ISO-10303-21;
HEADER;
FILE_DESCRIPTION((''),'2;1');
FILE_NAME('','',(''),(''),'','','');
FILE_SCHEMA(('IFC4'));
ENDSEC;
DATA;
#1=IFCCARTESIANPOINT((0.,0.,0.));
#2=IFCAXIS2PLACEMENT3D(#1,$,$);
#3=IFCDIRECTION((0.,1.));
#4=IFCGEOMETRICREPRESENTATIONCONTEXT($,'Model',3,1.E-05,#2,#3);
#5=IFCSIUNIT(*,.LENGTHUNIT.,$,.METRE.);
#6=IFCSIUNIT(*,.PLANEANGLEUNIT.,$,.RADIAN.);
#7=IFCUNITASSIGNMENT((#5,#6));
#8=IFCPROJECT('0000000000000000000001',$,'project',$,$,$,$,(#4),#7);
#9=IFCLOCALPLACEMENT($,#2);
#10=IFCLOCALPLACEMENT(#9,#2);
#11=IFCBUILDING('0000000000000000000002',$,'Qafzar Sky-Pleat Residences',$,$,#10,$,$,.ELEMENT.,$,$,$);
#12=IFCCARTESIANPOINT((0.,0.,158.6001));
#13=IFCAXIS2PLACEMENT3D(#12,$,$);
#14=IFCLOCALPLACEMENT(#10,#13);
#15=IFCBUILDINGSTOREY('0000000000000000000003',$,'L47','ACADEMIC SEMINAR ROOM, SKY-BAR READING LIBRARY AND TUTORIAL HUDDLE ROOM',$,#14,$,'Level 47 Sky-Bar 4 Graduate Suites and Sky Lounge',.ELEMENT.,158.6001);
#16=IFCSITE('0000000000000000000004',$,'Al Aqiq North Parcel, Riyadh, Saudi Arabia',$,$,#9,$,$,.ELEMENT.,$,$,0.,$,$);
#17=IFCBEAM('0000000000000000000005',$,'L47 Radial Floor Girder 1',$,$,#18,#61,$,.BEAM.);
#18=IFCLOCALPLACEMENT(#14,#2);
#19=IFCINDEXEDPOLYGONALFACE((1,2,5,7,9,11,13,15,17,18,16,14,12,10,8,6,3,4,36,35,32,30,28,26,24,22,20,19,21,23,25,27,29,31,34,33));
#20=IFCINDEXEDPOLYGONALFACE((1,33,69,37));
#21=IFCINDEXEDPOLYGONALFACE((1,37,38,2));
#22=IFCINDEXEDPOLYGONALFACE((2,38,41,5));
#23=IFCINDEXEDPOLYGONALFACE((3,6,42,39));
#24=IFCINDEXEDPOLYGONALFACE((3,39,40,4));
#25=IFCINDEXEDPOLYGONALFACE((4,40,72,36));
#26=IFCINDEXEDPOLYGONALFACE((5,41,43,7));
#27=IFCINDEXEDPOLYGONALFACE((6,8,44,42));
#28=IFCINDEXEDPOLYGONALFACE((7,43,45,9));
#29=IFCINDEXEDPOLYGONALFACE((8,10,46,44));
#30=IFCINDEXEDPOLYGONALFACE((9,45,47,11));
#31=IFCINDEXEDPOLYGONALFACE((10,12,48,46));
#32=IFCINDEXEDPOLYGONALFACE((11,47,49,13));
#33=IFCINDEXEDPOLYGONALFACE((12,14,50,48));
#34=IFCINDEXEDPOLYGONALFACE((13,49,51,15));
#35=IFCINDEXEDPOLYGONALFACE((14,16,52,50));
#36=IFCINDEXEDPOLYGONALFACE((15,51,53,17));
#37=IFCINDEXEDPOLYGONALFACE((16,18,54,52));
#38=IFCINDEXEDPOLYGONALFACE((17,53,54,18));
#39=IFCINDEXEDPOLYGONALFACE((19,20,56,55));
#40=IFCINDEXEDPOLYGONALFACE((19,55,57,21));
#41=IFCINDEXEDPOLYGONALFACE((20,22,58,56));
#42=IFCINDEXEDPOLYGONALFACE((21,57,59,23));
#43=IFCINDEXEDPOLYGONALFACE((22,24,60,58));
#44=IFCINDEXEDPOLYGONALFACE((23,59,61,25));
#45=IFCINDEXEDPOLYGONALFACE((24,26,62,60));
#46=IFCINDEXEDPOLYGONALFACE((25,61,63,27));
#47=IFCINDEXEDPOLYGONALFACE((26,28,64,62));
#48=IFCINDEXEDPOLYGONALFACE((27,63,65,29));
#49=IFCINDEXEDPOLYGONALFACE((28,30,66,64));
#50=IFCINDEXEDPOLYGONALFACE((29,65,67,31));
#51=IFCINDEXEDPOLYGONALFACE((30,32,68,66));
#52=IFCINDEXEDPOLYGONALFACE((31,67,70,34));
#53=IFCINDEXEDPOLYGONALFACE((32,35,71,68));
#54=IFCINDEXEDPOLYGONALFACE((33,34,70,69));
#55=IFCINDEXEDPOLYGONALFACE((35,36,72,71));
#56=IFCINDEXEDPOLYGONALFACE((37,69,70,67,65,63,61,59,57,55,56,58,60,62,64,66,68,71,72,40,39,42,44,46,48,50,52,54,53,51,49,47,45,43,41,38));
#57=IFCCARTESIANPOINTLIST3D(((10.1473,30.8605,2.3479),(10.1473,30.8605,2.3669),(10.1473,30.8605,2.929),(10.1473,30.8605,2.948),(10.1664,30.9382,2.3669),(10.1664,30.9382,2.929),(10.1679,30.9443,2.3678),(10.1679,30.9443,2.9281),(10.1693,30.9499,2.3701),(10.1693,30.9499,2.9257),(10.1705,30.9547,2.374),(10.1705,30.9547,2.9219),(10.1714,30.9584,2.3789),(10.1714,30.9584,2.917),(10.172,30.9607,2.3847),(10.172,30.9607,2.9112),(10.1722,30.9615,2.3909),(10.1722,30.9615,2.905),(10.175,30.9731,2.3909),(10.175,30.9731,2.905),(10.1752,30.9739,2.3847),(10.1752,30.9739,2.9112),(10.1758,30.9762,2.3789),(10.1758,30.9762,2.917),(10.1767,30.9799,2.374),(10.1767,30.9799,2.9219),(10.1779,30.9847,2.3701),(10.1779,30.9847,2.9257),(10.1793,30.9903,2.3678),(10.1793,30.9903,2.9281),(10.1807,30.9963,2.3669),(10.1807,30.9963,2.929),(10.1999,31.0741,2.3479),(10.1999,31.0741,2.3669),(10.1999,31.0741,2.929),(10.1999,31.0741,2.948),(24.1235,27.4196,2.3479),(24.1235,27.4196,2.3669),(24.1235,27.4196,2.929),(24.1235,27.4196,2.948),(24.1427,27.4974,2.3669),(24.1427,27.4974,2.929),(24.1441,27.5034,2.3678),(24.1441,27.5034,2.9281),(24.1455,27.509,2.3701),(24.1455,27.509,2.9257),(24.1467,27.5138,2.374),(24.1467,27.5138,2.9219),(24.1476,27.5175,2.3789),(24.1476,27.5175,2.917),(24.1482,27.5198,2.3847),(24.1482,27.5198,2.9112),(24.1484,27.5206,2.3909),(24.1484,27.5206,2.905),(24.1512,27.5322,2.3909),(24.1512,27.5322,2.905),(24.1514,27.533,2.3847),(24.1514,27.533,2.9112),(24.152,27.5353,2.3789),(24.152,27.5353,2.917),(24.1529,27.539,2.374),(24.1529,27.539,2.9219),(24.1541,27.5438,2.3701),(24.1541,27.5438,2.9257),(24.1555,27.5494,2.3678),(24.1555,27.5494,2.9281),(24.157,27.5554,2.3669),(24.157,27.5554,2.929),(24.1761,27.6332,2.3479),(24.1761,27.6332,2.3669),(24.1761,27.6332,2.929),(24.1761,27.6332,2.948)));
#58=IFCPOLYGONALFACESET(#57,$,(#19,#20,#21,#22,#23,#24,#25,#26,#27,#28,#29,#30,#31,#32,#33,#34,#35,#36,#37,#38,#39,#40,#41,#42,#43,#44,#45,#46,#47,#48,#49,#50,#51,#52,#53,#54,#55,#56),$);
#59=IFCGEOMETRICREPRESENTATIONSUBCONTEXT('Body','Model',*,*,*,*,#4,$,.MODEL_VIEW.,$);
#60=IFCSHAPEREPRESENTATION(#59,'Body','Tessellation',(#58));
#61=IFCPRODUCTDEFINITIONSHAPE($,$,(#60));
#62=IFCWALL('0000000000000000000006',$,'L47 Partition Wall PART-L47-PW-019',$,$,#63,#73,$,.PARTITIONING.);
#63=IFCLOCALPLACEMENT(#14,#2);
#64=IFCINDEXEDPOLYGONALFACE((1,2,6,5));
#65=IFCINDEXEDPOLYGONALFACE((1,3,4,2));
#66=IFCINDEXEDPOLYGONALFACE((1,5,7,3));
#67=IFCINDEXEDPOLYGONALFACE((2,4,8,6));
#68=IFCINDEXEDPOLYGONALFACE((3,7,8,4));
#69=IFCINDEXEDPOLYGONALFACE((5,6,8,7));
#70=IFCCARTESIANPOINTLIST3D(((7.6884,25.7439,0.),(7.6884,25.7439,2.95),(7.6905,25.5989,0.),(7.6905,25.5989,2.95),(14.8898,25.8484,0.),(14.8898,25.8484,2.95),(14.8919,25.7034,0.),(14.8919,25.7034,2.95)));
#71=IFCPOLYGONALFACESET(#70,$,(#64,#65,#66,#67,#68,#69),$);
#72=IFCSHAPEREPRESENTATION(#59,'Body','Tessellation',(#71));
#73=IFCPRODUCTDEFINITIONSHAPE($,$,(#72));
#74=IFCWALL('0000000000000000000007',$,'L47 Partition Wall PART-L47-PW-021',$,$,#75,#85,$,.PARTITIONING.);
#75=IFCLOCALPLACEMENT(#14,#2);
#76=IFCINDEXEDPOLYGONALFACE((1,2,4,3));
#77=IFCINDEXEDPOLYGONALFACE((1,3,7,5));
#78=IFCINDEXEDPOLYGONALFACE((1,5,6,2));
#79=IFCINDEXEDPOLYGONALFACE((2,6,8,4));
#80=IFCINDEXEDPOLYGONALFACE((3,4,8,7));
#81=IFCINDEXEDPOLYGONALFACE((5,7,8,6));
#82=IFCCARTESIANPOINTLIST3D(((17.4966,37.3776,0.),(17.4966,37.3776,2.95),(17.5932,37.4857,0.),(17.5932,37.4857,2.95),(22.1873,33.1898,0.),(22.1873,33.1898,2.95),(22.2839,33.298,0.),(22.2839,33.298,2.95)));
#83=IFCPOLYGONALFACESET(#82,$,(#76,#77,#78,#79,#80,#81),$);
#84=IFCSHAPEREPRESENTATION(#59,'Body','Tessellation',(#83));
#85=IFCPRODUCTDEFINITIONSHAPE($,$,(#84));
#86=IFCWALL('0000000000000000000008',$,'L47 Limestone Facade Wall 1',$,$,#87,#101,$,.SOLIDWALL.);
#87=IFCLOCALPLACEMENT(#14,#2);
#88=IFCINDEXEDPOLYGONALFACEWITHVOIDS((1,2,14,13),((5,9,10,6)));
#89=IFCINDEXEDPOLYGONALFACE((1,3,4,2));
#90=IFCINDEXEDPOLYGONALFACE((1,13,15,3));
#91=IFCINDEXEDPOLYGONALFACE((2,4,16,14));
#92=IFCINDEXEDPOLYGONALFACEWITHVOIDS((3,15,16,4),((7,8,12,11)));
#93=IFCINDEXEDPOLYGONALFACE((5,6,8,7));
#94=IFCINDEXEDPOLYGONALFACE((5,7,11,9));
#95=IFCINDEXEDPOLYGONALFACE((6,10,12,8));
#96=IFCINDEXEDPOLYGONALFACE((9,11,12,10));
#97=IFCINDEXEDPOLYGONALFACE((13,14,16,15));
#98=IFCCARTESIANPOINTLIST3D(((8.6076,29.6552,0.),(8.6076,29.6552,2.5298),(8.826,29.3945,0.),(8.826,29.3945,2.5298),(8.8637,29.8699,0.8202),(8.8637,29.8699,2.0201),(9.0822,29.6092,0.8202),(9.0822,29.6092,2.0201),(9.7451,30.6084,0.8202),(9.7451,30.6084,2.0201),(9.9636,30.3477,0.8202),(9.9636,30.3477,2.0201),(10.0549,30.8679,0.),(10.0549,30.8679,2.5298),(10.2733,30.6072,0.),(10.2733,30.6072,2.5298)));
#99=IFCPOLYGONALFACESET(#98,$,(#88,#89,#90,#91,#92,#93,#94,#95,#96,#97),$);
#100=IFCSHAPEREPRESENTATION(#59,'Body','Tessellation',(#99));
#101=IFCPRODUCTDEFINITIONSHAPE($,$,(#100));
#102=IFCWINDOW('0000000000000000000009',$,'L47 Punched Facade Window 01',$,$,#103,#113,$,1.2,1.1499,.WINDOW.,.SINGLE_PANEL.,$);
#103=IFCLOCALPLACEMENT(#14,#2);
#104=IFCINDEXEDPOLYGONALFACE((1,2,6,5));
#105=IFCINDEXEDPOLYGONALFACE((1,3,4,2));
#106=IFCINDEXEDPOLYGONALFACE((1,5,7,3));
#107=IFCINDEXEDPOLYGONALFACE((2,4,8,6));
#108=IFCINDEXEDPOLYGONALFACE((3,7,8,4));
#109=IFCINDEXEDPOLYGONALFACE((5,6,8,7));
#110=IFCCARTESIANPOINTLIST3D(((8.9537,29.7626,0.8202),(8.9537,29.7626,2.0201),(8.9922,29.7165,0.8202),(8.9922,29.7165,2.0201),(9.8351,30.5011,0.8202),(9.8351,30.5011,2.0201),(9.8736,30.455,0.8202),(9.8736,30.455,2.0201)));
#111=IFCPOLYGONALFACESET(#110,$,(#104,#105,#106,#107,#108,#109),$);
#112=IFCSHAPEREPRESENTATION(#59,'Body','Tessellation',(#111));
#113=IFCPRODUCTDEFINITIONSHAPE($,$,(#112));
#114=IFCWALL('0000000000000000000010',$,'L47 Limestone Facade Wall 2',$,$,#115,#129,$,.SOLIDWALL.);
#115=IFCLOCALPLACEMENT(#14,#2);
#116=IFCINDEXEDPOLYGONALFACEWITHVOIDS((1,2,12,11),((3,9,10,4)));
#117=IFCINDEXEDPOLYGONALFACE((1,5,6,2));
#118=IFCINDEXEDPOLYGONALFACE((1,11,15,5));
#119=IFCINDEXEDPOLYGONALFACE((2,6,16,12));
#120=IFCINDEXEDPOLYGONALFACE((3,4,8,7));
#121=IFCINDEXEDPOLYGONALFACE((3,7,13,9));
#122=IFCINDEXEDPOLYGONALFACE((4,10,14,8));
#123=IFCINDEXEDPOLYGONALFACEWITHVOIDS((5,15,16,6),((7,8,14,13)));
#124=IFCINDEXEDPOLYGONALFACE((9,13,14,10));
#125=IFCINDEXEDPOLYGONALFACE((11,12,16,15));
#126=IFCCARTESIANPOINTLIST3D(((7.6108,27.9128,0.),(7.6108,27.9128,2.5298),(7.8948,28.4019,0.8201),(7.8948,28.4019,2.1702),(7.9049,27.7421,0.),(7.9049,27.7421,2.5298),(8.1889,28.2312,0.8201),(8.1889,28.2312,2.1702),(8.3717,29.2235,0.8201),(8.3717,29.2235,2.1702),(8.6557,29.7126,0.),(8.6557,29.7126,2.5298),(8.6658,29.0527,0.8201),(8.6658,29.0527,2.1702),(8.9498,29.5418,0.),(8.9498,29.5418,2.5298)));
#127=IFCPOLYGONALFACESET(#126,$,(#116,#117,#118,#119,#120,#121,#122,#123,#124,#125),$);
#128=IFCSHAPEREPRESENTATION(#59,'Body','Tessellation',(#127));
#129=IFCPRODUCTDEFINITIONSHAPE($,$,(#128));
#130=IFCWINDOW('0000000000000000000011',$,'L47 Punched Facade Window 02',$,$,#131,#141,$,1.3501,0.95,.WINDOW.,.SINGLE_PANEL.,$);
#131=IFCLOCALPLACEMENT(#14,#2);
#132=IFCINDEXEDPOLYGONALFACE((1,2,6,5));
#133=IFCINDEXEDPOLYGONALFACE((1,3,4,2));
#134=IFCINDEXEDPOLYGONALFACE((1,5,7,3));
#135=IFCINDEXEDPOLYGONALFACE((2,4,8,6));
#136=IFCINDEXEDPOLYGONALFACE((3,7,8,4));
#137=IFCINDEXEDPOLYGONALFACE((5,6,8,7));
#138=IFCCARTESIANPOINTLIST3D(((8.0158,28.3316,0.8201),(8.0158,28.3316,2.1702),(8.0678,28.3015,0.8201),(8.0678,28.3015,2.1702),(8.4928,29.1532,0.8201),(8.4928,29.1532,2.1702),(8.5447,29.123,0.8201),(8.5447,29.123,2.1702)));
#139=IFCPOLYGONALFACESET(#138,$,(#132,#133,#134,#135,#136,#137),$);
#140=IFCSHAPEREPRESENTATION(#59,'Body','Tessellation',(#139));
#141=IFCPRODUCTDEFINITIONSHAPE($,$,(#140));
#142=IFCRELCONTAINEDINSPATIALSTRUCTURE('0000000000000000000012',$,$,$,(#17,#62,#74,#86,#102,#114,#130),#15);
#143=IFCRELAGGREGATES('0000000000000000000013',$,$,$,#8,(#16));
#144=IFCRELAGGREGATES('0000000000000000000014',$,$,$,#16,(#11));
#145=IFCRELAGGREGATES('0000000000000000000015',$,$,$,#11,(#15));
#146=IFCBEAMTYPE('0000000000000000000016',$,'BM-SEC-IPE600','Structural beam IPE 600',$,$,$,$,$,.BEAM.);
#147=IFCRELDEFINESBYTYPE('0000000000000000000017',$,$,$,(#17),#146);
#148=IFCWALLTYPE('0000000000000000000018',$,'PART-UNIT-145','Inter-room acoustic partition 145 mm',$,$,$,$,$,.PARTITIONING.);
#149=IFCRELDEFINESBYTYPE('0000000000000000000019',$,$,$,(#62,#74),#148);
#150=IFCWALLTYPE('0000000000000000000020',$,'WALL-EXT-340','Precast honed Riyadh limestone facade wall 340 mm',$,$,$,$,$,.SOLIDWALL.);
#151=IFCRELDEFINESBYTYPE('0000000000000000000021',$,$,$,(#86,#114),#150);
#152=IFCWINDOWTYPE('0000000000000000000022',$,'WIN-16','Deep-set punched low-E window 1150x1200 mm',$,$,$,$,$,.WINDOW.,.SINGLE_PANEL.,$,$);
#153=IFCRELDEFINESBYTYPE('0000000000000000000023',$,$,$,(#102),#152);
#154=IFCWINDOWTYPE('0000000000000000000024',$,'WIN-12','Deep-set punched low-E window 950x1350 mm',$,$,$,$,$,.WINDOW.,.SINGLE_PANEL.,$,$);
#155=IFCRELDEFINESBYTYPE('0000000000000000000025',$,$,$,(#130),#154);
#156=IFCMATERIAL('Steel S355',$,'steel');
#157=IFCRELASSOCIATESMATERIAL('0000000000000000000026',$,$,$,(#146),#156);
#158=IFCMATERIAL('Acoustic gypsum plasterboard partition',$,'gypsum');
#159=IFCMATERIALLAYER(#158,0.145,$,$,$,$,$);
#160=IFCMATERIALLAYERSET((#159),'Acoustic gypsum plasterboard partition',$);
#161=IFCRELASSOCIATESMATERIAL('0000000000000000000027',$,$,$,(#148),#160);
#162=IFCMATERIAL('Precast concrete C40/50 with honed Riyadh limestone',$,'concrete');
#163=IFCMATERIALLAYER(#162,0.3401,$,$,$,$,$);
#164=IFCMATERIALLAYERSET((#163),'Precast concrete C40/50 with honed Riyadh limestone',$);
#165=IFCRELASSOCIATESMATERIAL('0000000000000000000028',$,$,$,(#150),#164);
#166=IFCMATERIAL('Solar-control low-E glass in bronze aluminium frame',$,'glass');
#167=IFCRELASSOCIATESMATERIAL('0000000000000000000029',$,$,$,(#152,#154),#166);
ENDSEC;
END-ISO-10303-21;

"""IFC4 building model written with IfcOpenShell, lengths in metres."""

from ifc_helpers import new_model, si_unit, direction, frame, frame_2d, origin, origin_2d, place, context, subcontext, project, spatial, rectangle, i_section, extrude, source, transform, mapped, material, layer, layer_set, material_profile, profile_set, type_object, element, fill, save


model = new_model("IFC4")

# Units and contexts
model_context = context("Model", 3, precision=1e-05, world=origin(), true_north=direction((0.0, 1.0)))
body_context = subcontext(model_context, "Body", "Model", "MODEL_VIEW")
ifc_project = project(units=[si_unit("LENGTHUNIT", "METRE"), si_unit("PLANEANGLEUNIT", "RADIAN")], contexts=[model_context])

# Site, building, storey
site_placement = place(None, origin())
site = spatial("IfcSite", under=ifc_project, at=site_placement, Name="Al Aqiq North Parcel, Riyadh, Saudi Arabia", CompositionType="ELEMENT", RefElevation=0.0)
building_placement = place(site_placement, origin())
building = spatial("IfcBuilding", under=site, at=building_placement, Name="Qafzar Sky-Pleat Residences", CompositionType="ELEMENT")
storey_placement = place(building_placement, frame((0.0, 0.0, 158.6001)))
storey = spatial("IfcBuildingStorey", under=building, at=storey_placement, Name="L47", Description="ACADEMIC SEMINAR ROOM, SKY-BAR READING LIBRARY AND TUTORIAL HUDDLE ROOM", LongName="Level 47 Sky-Bar 4 Graduate Suites and Sky Lounge", CompositionType="ELEMENT", Elevation=158.6001)

# Shared definitions
ifc_material_1 = material(Name="Steel S355", Category="steel")

# Beam
ifc_material_profile_1 = material_profile(ifc_material_1, i_section(OverallWidth=0.22, OverallDepth=0.6001, WebThickness=0.012, FlangeThickness=0.019, FilletRadius=0.0239, at=origin_2d()), Name="IPE 600")
ifc_profile_set_1 = profile_set([ifc_material_profile_1], Name="Steel S355")
beam_type_1 = type_object("IfcBeamType", Name="BM-SEC-IPE600", Description="Structural beam IPE 600", PredefinedType="BEAM", material=ifc_profile_set_1)
shared_shape_1 = source(origin(), body_context, "Body", "SweptSolid", [
    extrude(i_section(OverallWidth=0.22, OverallDepth=0.6001, WebThickness=0.012, FlangeThickness=0.019, FilletRadius=0.0239, at=origin_2d()), origin(), (0.0, 0.0, 1.0), 14.3936),
])
beam_1_placement = place(storey_placement, frame((10.1736, 30.9673, 2.6479), z_axis=(0.971005, -0.239058, 0.0), x_axis=(0.239058, 0.971005, 0.0)))
element("IfcBeam", 1, at=beam_1_placement, inside=storey, type_object=beam_type_1, Name="L47 Radial Floor Girder 1", PredefinedType="BEAM", context=body_context, shape_type="MappedRepresentation", body=[
    mapped(shared_shape_1, transform((0.0, 0.0, 0.0), x_axis=(1.0, 0.0, 0.0), y_axis=(0.0, 1.0, 0.0), z_axis=(0.0, 0.0, 1.0), scale=1.0)),
])

# Walls
ifc_material_2 = material(Name="Acoustic gypsum plasterboard partition", Category="gypsum")
ifc_layer_1 = layer(ifc_material_2, 0.145)
ifc_layer_set_1 = layer_set([ifc_layer_1], Name="Acoustic gypsum plasterboard partition")
wall_type_1 = type_object("IfcWallType", Name="PART-UNIT-145", Description="Inter-room acoustic partition 145 mm", PredefinedType="PARTITIONING", material=ifc_layer_set_1)
wall_1_placement = place(storey_placement, frame((7.6895, 25.6714, 0.0), z_axis=(0.0, 0.0, 1.0), x_axis=(0.999895, 0.014508, 0.0)))
element("IfcWall", 2, at=wall_1_placement, inside=storey, type_object=wall_type_1, Name="L47 Partition Wall PART-L47-PW-019", PredefinedType="PARTITIONING", context=body_context, shape_type="SweptSolid", body=[
    extrude(rectangle(XDim=7.2021, YDim=0.145, at=frame_2d((3.6011, 0.0))), origin(), (0.0, 0.0, 1.0), 2.95),
])
wall_2_placement = place(storey_placement, frame((17.5449, 37.4316, 0.0), z_axis=(0.0, 0.0, 1.0), x_axis=(0.745966, -0.665984, 0.0)))
element("IfcWall", 3, at=wall_2_placement, inside=storey, type_object=wall_type_1, Name="L47 Partition Wall PART-L47-PW-021", PredefinedType="PARTITIONING", context=body_context, shape_type="SweptSolid", body=[
    extrude(rectangle(XDim=6.2881, YDim=0.145, at=frame_2d((3.144, 0.0))), origin(), (0.0, 0.0, 1.0), 2.95),
])

# Walls, openings, windows
ifc_material_3 = material(Name="Precast concrete C40/50 with honed Riyadh limestone", Category="concrete")
ifc_layer_2 = layer(ifc_material_3, 0.3401)
ifc_layer_set_2 = layer_set([ifc_layer_2], Name="Precast concrete C40/50 with honed Riyadh limestone")
wall_type_2 = type_object("IfcWallType", Name="WALL-EXT-340", Description="Precast honed Riyadh limestone facade wall 340 mm", PredefinedType="SOLIDWALL", material=ifc_layer_set_2)
wall_3_placement = place(storey_placement, frame((10.1641, 30.7375, 0.0), z_axis=(0.0, 0.0, 1.0), x_axis=(-0.766502, -0.642242, 0.0)))
wall_3 = element("IfcWall", 4, at=wall_3_placement, inside=storey, type_object=wall_type_2, Name="L47 Limestone Facade Wall 1", PredefinedType="SOLIDWALL", context=body_context, shape_type="SweptSolid", body=[
    extrude(rectangle(XDim=1.8882, YDim=0.3401, at=frame_2d((0.9441, 0.0))), origin(), (0.0, 0.0, 1.0), 2.5298),
])
opening_1_placement = place(wall_3_placement, frame((0.4041, 0.0, 0.8201)))
opening_1 = element("IfcOpeningElement", 5, at=opening_1_placement, cuts=wall_3, PredefinedType="OPENING", context=body_context, shape_type="SweptSolid", body=[
    extrude(rectangle(XDim=1.1499, YDim=1.2, at=frame_2d((0.575, 0.6001))), frame((0.0, 0.1802, 0.0), z_axis=(0.0, -1.0, 0.0), x_axis=(1.0, 0.0, 0.0)), (0.0, 0.0, 1.0), 0.3601),
])
ifc_material_4 = material(Name="Solar-control low-E glass in bronze aluminium frame", Category="glass")
window_type_1 = type_object("IfcWindowType", Name="WIN-16", Description="Deep-set punched low-E window 1150x1200 mm", PartitioningType="SINGLE_PANEL", PredefinedType="WINDOW", material=ifc_material_4)
shared_shape_2 = source(origin(), body_context, "Body", "SweptSolid", [
    extrude(rectangle(XDim=1.1499, YDim=1.2, at=frame_2d((0.575, 0.6001))), frame((0.0, 0.03, 0.0), z_axis=(0.0, -1.0, 0.0), x_axis=(1.0, 0.0, 0.0)), (0.0, 0.0, 1.0), 0.0601),
])
window_1_placement = place(opening_1_placement, origin())
window_1 = element("IfcWindow", 6, at=window_1_placement, inside=storey, type_object=window_type_1, Name="L47 Punched Facade Window 01", OverallHeight=1.2, OverallWidth=1.1499, PartitioningType="SINGLE_PANEL", PredefinedType="WINDOW", context=body_context, shape_type="MappedRepresentation", body=[
    mapped(shared_shape_2, transform((0.0, 0.0, 0.0), x_axis=(1.0, 0.0, 0.0), y_axis=(0.0, 1.0, 0.0), z_axis=(0.0, 0.0, 1.0), scale=1.0)),
])
fill(opening_1, window_1)
wall_4_placement = place(storey_placement, frame((8.8027, 29.6272, 0.0), z_axis=(0.0, 0.0, 1.0), x_axis=(-0.50209, -0.864815, 0.0)))
wall_4 = element("IfcWall", 7, at=wall_4_placement, inside=storey, type_object=wall_type_2, Name="L47 Limestone Facade Wall 2", PredefinedType="SOLIDWALL", context=body_context, shape_type="SweptSolid", body=[
    extrude(rectangle(XDim=2.0811, YDim=0.3401, at=frame_2d((1.0405, 0.0))), origin(), (0.0, 0.0, 1.0), 2.5298),
])
opening_2_placement = place(wall_4_placement, frame((0.5654, 0.0, 0.8201)))
opening_2 = element("IfcOpeningElement", 8, at=opening_2_placement, cuts=wall_4, PredefinedType="OPENING", context=body_context, shape_type="SweptSolid", body=[
    extrude(rectangle(XDim=0.95, YDim=1.3501, at=frame_2d((0.4751, 0.675))), frame((0.0, 0.1802, 0.0), z_axis=(0.0, -1.0, 0.0), x_axis=(1.0, 0.0, 0.0)), (0.0, 0.0, 1.0), 0.3601),
])
window_type_2 = type_object("IfcWindowType", Name="WIN-12", Description="Deep-set punched low-E window 950x1350 mm", PartitioningType="SINGLE_PANEL", PredefinedType="WINDOW", material=ifc_material_4)
shared_shape_3 = source(origin(), body_context, "Body", "SweptSolid", [
    extrude(rectangle(XDim=0.95, YDim=1.3501, at=frame_2d((0.4751, 0.675))), frame((0.0, 0.03, 0.0), z_axis=(0.0, -1.0, 0.0), x_axis=(1.0, 0.0, 0.0)), (0.0, 0.0, 1.0), 0.0601),
])
window_2_placement = place(opening_2_placement, origin())
window_2 = element("IfcWindow", 9, at=window_2_placement, inside=storey, type_object=window_type_2, Name="L47 Punched Facade Window 02", OverallHeight=1.3501, OverallWidth=0.95, PartitioningType="SINGLE_PANEL", PredefinedType="WINDOW", context=body_context, shape_type="MappedRepresentation", body=[
    mapped(shared_shape_3, transform((0.0, 0.0, 0.0), x_axis=(1.0, 0.0, 0.0), y_axis=(0.0, 1.0, 0.0), z_axis=(0.0, 0.0, 1.0), scale=1.0)),
])
fill(opening_2, window_2)

save(model, "model.ifc")
